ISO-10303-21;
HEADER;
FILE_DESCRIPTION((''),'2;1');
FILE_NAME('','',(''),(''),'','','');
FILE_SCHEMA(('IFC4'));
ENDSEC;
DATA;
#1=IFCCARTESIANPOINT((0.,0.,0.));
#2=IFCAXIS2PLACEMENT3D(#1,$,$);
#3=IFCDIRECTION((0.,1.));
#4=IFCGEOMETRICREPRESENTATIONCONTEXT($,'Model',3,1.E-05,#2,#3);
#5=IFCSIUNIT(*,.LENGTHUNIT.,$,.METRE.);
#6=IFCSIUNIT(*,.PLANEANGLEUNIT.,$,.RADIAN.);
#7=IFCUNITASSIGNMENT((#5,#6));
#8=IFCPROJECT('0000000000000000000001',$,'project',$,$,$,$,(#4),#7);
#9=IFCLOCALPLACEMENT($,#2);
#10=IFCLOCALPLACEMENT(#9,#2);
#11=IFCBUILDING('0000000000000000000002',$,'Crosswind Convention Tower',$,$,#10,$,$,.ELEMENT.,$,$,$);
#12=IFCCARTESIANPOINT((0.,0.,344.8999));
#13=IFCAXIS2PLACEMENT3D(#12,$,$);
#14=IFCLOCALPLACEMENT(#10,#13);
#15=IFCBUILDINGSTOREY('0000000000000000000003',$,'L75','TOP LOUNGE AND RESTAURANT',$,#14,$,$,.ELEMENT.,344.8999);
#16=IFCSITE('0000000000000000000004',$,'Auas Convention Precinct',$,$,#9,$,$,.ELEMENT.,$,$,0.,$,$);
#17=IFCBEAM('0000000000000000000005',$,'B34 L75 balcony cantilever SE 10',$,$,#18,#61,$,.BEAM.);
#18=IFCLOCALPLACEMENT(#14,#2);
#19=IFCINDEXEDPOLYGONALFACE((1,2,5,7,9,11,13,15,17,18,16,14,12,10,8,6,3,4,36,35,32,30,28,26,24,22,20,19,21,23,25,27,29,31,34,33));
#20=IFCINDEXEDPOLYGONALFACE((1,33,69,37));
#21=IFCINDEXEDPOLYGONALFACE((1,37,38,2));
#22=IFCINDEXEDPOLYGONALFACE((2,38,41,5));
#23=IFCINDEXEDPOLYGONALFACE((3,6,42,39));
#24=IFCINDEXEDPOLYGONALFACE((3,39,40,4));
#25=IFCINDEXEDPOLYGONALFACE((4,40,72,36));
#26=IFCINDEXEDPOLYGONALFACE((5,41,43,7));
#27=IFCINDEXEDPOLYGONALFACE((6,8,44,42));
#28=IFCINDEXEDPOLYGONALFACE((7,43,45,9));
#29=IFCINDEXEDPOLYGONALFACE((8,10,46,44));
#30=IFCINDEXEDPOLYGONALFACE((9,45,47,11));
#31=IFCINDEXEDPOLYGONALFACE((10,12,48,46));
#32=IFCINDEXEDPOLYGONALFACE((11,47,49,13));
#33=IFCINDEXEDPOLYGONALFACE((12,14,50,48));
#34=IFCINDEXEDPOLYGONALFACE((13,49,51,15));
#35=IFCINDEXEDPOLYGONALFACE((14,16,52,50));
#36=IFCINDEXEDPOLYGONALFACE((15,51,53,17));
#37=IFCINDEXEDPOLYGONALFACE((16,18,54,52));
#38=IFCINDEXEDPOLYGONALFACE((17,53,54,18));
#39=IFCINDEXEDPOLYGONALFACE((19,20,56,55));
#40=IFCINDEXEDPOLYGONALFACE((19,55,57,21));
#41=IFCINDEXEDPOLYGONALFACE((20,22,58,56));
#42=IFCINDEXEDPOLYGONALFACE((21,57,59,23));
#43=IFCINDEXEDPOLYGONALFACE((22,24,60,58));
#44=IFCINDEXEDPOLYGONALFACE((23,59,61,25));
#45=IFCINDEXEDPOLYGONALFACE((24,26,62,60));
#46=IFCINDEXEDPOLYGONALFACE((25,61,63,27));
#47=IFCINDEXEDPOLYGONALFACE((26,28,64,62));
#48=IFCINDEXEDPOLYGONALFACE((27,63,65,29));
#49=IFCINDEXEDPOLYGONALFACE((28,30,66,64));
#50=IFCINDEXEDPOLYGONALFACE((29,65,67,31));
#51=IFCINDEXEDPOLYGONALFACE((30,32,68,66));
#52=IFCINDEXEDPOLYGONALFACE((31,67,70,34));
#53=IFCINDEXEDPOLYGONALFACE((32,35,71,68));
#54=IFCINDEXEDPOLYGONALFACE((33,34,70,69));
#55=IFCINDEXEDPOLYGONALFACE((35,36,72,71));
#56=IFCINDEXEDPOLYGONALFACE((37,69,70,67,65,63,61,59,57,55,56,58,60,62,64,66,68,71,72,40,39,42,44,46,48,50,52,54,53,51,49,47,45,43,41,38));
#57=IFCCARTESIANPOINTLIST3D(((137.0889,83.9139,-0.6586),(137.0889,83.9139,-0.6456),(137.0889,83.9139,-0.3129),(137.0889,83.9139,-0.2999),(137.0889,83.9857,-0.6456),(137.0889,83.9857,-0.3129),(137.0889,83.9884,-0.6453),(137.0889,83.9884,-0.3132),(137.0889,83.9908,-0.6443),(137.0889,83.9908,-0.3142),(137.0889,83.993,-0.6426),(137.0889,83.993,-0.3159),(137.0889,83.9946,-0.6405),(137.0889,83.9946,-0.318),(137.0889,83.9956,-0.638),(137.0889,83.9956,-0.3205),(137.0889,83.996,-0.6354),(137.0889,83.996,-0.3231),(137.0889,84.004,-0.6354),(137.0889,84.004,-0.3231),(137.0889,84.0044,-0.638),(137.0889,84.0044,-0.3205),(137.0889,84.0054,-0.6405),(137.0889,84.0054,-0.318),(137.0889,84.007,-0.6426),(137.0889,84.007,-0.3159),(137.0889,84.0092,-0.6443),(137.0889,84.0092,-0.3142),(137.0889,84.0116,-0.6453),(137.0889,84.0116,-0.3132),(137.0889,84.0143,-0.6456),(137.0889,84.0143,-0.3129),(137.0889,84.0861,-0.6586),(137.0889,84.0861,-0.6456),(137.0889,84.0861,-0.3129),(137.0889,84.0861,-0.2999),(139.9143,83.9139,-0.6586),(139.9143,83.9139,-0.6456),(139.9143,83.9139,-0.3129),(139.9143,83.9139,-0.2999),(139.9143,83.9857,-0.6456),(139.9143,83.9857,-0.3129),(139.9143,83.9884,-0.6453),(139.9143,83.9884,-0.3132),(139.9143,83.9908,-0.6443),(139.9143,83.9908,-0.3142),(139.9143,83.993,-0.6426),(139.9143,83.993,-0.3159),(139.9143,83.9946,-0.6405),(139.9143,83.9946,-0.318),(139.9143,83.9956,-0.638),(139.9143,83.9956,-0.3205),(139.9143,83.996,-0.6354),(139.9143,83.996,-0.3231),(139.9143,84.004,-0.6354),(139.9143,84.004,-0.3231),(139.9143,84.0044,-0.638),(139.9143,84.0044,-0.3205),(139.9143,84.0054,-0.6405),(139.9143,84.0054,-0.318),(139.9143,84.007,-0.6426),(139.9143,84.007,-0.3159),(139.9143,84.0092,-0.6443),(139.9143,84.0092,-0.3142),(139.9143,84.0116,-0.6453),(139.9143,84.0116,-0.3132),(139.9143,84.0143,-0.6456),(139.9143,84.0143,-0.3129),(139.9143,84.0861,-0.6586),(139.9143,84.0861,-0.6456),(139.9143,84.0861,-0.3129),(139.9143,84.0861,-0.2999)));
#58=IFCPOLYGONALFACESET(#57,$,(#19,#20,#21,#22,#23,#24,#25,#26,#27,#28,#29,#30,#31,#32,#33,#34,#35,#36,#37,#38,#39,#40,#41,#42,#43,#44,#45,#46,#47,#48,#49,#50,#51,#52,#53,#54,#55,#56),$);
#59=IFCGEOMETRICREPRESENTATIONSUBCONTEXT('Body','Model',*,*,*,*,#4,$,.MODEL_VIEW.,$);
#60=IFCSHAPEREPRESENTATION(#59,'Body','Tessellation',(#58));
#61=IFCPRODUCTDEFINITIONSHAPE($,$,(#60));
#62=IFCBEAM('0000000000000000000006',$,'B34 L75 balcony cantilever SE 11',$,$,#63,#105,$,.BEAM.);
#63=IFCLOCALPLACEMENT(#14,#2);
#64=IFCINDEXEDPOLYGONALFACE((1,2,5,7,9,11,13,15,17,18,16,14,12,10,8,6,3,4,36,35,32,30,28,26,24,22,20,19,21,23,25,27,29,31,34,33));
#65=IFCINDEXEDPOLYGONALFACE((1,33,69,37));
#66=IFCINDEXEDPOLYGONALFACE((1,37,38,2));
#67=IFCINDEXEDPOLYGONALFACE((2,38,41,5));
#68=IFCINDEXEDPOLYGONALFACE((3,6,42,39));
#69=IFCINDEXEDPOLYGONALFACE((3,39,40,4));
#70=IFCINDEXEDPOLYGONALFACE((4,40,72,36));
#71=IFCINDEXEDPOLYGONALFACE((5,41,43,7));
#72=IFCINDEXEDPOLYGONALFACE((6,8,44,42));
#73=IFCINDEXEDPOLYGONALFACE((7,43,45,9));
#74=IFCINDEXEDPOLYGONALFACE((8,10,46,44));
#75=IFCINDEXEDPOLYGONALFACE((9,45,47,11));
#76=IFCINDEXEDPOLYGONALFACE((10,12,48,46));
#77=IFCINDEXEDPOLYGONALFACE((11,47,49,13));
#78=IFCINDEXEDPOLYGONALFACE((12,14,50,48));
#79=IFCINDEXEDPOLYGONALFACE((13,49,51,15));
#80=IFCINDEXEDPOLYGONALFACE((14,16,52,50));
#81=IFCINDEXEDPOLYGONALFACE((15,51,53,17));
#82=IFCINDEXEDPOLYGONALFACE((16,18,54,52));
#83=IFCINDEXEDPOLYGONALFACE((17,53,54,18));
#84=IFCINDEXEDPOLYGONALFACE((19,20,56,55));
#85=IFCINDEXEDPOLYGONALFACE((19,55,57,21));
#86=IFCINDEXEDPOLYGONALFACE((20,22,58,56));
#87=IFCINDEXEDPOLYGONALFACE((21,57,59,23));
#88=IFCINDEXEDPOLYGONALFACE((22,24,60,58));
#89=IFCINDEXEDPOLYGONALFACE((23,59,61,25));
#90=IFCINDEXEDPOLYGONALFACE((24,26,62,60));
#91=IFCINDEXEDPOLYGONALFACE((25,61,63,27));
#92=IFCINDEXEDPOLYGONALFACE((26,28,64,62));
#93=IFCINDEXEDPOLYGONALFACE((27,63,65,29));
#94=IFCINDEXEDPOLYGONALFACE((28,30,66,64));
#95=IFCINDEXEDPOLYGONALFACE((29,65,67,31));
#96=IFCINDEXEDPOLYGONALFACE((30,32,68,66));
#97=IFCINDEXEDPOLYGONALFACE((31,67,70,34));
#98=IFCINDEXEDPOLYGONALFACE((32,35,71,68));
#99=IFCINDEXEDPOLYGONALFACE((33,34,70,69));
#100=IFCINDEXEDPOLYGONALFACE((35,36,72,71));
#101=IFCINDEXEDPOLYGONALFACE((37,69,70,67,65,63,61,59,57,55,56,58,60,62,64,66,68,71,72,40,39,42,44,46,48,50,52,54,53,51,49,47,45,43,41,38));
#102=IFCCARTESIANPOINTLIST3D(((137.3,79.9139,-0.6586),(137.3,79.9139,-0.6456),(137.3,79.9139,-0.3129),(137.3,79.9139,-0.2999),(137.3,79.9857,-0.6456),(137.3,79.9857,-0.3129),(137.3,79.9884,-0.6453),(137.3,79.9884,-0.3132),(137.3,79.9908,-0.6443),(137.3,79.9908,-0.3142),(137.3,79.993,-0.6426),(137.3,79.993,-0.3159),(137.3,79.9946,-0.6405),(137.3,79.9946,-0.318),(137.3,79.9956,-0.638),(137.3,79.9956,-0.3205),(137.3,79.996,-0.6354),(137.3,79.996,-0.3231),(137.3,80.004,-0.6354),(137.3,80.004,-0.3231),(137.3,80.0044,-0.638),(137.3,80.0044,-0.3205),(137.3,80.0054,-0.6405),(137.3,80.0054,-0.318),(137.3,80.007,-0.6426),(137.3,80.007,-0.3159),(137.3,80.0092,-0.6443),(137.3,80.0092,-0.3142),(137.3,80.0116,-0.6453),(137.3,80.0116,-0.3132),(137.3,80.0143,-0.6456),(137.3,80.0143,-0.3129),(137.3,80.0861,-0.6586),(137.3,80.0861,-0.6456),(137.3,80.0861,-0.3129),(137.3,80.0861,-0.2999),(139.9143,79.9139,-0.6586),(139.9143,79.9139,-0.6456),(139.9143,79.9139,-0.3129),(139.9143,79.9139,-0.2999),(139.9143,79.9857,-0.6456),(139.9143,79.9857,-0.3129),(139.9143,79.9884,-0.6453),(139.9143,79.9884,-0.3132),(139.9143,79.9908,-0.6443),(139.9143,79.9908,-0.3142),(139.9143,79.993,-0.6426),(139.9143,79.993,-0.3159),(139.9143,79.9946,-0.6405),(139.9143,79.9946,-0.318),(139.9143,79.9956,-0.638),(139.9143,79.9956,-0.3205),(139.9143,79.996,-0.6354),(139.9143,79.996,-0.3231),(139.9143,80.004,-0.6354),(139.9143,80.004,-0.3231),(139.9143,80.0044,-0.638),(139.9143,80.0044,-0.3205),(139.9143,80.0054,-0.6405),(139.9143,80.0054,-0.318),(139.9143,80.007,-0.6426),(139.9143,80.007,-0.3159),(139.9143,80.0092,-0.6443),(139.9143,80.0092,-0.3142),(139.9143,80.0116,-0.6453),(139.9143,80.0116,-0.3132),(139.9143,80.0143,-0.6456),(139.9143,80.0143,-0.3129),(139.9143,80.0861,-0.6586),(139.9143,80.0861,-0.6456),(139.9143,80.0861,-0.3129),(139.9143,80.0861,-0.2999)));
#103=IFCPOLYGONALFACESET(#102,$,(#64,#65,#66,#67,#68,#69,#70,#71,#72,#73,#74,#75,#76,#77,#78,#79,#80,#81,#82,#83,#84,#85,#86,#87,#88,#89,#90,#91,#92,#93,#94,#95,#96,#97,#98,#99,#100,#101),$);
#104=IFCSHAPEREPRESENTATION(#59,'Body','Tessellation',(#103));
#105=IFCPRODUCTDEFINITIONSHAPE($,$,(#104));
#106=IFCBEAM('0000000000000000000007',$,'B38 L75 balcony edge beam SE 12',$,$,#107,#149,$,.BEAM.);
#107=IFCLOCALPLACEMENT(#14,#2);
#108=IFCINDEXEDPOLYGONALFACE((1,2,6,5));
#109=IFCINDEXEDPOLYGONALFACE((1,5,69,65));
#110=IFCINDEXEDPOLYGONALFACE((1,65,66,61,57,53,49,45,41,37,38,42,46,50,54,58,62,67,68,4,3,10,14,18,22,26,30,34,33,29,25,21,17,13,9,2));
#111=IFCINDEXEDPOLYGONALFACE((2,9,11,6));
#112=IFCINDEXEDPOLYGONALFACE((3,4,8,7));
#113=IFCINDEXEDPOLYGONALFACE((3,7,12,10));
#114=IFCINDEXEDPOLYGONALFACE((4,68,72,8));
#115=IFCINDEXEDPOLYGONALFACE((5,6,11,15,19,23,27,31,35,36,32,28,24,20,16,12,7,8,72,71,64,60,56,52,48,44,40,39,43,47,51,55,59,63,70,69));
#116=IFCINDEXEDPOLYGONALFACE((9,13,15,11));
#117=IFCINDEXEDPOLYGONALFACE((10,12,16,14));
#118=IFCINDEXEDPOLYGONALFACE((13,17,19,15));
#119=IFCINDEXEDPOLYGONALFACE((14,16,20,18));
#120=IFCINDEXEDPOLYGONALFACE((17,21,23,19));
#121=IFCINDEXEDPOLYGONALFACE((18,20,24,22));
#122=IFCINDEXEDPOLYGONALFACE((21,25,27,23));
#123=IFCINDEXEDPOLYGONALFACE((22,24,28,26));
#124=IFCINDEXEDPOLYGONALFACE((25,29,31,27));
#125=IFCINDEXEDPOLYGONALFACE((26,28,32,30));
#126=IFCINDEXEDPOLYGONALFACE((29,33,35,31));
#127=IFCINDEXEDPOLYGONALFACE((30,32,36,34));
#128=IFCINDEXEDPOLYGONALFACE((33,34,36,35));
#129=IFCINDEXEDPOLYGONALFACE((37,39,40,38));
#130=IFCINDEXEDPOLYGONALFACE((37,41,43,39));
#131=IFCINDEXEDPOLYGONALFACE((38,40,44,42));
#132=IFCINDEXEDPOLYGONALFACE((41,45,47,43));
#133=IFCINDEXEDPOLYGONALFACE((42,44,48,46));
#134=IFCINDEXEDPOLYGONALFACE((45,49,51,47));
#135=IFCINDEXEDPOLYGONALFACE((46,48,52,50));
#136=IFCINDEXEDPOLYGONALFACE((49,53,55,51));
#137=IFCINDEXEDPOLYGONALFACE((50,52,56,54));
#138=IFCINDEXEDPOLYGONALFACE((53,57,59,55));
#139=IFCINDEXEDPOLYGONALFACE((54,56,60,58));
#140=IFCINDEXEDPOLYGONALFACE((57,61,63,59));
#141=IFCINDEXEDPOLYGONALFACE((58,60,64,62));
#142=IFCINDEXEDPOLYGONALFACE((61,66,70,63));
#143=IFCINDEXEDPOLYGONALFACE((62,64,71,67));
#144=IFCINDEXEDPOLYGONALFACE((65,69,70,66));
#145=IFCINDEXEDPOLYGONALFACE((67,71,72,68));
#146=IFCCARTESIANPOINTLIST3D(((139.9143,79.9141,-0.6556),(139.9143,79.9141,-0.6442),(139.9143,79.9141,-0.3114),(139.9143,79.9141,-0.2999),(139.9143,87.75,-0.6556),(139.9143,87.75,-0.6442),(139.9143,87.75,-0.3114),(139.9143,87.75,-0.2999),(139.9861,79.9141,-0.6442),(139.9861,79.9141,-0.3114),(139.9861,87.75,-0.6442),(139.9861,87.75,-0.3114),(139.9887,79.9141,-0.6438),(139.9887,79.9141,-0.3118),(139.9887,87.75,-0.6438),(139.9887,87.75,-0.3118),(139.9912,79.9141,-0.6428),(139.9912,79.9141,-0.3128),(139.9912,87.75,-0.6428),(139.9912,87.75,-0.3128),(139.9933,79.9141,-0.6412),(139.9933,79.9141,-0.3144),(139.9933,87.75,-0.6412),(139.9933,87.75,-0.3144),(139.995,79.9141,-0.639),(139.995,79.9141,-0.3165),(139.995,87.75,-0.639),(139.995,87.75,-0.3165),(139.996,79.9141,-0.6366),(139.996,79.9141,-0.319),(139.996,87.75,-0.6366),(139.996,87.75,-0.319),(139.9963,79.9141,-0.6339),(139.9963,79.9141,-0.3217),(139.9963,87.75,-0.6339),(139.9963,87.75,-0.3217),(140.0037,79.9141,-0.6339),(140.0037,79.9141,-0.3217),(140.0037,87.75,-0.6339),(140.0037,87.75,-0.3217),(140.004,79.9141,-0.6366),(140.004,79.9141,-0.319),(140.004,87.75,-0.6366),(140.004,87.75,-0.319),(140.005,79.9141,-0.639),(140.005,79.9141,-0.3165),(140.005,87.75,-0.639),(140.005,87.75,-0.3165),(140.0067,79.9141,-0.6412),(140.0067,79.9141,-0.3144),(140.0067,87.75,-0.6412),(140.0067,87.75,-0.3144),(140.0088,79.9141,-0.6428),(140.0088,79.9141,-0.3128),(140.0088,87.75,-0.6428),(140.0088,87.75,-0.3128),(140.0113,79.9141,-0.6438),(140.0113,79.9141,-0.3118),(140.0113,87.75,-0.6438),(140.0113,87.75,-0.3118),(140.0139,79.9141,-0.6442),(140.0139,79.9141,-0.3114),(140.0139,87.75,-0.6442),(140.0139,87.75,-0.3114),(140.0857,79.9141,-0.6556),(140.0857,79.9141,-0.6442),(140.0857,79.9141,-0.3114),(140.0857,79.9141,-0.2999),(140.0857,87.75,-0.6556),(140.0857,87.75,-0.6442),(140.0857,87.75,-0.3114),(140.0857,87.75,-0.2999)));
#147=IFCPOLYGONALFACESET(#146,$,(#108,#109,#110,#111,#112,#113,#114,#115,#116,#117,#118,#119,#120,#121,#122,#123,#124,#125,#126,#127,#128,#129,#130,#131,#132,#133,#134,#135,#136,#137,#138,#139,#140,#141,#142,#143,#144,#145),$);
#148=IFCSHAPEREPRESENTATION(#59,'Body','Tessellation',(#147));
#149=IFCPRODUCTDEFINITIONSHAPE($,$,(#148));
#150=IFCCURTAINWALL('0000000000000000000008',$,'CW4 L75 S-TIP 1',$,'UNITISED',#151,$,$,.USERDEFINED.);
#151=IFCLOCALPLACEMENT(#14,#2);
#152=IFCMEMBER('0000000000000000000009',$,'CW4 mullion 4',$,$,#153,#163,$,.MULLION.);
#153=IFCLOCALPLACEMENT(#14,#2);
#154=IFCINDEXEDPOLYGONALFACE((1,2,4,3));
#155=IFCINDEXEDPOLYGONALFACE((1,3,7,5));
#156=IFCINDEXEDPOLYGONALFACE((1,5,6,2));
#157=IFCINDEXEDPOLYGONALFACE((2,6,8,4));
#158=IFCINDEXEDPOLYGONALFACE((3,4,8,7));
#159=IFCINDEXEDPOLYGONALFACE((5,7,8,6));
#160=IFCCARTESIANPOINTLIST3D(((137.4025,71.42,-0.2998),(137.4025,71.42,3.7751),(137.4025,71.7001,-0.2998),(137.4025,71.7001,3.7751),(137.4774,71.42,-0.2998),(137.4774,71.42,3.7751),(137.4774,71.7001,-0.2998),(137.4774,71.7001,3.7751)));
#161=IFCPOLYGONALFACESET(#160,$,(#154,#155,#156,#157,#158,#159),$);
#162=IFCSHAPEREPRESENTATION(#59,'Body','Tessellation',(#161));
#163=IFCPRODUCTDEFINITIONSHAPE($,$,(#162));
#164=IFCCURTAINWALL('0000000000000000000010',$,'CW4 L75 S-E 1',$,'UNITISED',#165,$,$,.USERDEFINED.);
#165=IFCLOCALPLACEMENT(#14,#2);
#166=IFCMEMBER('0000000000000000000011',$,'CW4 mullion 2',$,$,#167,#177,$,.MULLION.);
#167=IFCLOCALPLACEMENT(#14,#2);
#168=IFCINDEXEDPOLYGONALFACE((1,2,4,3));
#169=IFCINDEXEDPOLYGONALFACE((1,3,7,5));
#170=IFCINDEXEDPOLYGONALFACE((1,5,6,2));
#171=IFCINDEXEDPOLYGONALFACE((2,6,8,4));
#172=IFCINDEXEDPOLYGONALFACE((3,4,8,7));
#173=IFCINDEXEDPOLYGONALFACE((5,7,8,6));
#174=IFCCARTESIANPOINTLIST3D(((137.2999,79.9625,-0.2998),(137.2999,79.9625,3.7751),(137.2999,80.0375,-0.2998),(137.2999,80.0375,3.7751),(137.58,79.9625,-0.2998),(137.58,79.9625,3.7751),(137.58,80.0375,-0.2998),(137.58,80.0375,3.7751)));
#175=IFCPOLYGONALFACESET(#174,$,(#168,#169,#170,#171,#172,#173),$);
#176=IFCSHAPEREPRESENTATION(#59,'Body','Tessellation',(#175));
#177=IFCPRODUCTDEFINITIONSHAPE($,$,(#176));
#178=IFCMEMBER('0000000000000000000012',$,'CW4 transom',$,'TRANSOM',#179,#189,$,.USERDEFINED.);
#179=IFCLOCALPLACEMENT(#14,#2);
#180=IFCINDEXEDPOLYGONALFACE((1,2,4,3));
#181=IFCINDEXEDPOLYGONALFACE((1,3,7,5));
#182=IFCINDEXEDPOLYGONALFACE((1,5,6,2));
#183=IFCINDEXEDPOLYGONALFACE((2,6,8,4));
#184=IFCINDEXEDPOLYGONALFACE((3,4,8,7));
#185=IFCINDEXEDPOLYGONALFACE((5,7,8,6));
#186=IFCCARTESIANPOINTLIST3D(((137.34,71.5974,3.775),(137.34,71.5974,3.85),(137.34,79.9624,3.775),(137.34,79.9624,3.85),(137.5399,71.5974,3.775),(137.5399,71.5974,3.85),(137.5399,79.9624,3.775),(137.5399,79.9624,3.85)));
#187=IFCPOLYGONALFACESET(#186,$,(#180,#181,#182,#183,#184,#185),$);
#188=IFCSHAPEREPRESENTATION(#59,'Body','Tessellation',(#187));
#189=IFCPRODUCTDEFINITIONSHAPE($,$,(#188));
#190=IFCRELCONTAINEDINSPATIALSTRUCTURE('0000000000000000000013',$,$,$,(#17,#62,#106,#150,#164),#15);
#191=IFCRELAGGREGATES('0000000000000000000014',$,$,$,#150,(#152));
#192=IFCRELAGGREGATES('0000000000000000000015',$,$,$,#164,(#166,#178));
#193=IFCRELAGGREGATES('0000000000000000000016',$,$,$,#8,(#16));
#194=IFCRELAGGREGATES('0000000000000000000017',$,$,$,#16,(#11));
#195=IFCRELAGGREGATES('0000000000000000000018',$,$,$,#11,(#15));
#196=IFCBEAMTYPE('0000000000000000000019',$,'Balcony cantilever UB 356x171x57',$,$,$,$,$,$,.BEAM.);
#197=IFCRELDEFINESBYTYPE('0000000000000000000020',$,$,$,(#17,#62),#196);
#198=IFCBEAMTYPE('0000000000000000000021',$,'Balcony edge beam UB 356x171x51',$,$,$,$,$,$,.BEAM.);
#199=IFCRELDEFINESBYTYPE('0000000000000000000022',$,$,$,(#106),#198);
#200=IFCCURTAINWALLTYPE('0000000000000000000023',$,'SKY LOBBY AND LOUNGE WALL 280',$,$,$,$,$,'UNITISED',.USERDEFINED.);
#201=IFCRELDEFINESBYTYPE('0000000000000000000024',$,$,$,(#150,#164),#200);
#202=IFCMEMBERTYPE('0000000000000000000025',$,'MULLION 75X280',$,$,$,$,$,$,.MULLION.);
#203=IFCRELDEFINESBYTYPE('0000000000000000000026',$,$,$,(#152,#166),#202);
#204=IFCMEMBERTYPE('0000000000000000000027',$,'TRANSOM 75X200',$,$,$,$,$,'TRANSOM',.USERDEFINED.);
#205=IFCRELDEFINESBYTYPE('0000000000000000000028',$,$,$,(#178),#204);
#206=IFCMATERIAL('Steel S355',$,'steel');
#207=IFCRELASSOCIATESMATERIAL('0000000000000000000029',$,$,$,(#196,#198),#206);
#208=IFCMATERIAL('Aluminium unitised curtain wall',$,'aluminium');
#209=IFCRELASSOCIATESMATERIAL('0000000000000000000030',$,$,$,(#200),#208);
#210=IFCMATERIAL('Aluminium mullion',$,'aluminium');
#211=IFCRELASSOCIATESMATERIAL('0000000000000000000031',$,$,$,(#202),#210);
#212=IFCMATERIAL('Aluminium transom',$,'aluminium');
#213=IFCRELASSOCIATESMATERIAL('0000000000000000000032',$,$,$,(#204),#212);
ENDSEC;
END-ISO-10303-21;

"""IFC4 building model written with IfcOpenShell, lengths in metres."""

from ifc_helpers import new_model, si_unit, direction, frame, origin, origin_2d, place, context, subcontext, project, spatial, rectangle, i_section, extrude, material, material_profile, profile_set, type_object, element, aggregate, save


model = new_model("IFC4")

# Units and contexts
model_context = context("Model", 3, precision=1e-05, world=origin(), true_north=direction((0.0, 1.0)))
body_context = subcontext(model_context, "Body", "Model", "MODEL_VIEW")
ifc_project = project(units=[si_unit("LENGTHUNIT", "METRE"), si_unit("PLANEANGLEUNIT", "RADIAN")], contexts=[model_context])

# Site, building, storey
site_placement = place(None, origin())
site = spatial("IfcSite", under=ifc_project, at=site_placement, Name="Auas Convention Precinct", CompositionType="ELEMENT", RefElevation=0.0)
building_placement = place(site_placement, origin())
building = spatial("IfcBuilding", under=site, at=building_placement, Name="Crosswind Convention Tower", CompositionType="ELEMENT")
storey_placement = place(building_placement, frame((0.0, 0.0, 344.8999)))
storey = spatial("IfcBuildingStorey", under=building, at=storey_placement, Name="L75", Description="TOP LOUNGE AND RESTAURANT", CompositionType="ELEMENT", Elevation=344.8999)

# Beams
ifc_material_1 = material(Name="Steel S355", Category="steel")
ifc_material_profile_1 = material_profile(ifc_material_1, i_section(OverallWidth=0.1721, OverallDepth=0.3586, WebThickness=0.0081, FlangeThickness=0.0129, FilletRadius=0.0103, at=origin_2d()), Name="UB 356x171x57")
ifc_profile_set_1 = profile_set([ifc_material_profile_1], Name="Steel S355")
beam_type_1 = type_object("IfcBeamType", Name="Balcony cantilever UB 356x171x57", PredefinedType="BEAM", material=ifc_profile_set_1)
beam_1_placement = place(storey_placement, frame((137.0889, 84.0, -0.4792), z_axis=(1.0, 0.0, 0.0), x_axis=(0.0, 1.0, 0.0)))
element("IfcBeam", 1, at=beam_1_placement, inside=storey, type_object=beam_type_1, Name="B34 L75 balcony cantilever SE 10", PredefinedType="BEAM", context=body_context, shape_type="SweptSolid", body=[
    extrude(i_section(OverallWidth=0.1721, OverallDepth=0.3586, WebThickness=0.0081, FlangeThickness=0.0129, FilletRadius=0.0103, at=origin_2d()), origin(), (0.0, 0.0, 1.0), 2.8254),
])
beam_2_placement = place(storey_placement, frame((137.3, 80.0, -0.4792), z_axis=(1.0, 0.0, 0.0), x_axis=(0.0, 1.0, 0.0)))
element("IfcBeam", 2, at=beam_2_placement, inside=storey, type_object=beam_type_1, Name="B34 L75 balcony cantilever SE 11", PredefinedType="BEAM", context=body_context, shape_type="SweptSolid", body=[
    extrude(i_section(OverallWidth=0.1721, OverallDepth=0.3586, WebThickness=0.0081, FlangeThickness=0.0129, FilletRadius=0.0103, at=origin_2d()), origin(), (0.0, 0.0, 1.0), 2.6143),
])
ifc_material_profile_2 = material_profile(ifc_material_1, i_section(OverallWidth=0.1714, OverallDepth=0.3557, WebThickness=0.0073, FlangeThickness=0.0115, FilletRadius=0.0103, at=origin_2d()), Name="UB 356x171x51")
ifc_profile_set_2 = profile_set([ifc_material_profile_2], Name="Steel S355")
beam_type_2 = type_object("IfcBeamType", Name="Balcony edge beam UB 356x171x51", PredefinedType="BEAM", material=ifc_profile_set_2)
beam_3_placement = place(storey_placement, frame((140.0, 87.75, -0.4778), z_axis=(0.0, -1.0, 0.0), x_axis=(1.0, 0.0, 0.0)))
element("IfcBeam", 3, at=beam_3_placement, inside=storey, type_object=beam_type_2, Name="B38 L75 balcony edge beam SE 12", PredefinedType="BEAM", context=body_context, shape_type="SweptSolid", body=[
    extrude(i_section(OverallWidth=0.1714, OverallDepth=0.3557, WebThickness=0.0073, FlangeThickness=0.0115, FilletRadius=0.0103, at=origin_2d()), origin(), (0.0, 0.0, 1.0), 7.8359),
])

# Curtain wall, member
ifc_material_2 = material(Name="Aluminium unitised curtain wall", Category="aluminium")
curtain_wall_type = type_object("IfcCurtainWallType", Name="SKY LOBBY AND LOUNGE WALL 280", ElementType="UNITISED", PredefinedType="USERDEFINED", material=ifc_material_2)
curtain_wall_1_placement = place(storey_placement, origin())
curtain_wall_1 = element("IfcCurtainWall", 4, at=curtain_wall_1_placement, inside=storey, type_object=curtain_wall_type, Name="CW4 L75 S-TIP 1", ObjectType="UNITISED", PredefinedType="USERDEFINED")
ifc_material_3 = material(Name="Aluminium mullion", Category="aluminium")
ifc_material_profile_3 = material_profile(ifc_material_3, rectangle(XDim=0.28, YDim=0.075, at=origin_2d()), Name="AL 280X75")
ifc_profile_set_3 = profile_set([ifc_material_profile_3], Name="Aluminium mullion")
member_type_1 = type_object("IfcMemberType", Name="MULLION 75X280", PredefinedType="MULLION", material=ifc_profile_set_3)
member_1_placement = place(storey_placement, frame((137.4399, 71.5601, -0.2998), z_axis=(0.0, 0.0, 1.0), x_axis=(0.0, -1.0, 0.0)))
member_1 = element("IfcMember", 5, at=member_1_placement, type_object=member_type_1, Name="CW4 mullion 4", PredefinedType="MULLION", context=body_context, shape_type="SweptSolid", body=[
    extrude(rectangle(XDim=0.28, YDim=0.075, at=origin_2d()), origin(), (0.0, 0.0, 1.0), 4.075),
])

# Curtain wall, members
curtain_wall_2_placement = place(storey_placement, origin())
curtain_wall_2 = element("IfcCurtainWall", 6, at=curtain_wall_2_placement, inside=storey, type_object=curtain_wall_type, Name="CW4 L75 S-E 1", ObjectType="UNITISED", PredefinedType="USERDEFINED")
member_2_placement = place(storey_placement, frame((137.4399, 80.0, -0.2998), z_axis=(0.0, 0.0, 1.0), x_axis=(1.0, 0.0, 0.0)))
member_2 = element("IfcMember", 7, at=member_2_placement, type_object=member_type_1, Name="CW4 mullion 2", PredefinedType="MULLION", context=body_context, shape_type="SweptSolid", body=[
    extrude(rectangle(XDim=0.28, YDim=0.075, at=origin_2d()), origin(), (0.0, 0.0, 1.0), 4.075),
])
ifc_material_4 = material(Name="Aluminium transom", Category="aluminium")
ifc_material_profile_4 = material_profile(ifc_material_4, rectangle(XDim=0.2, YDim=0.075, at=origin_2d()), Name="AL 200X75")
ifc_profile_set_4 = profile_set([ifc_material_profile_4], Name="Aluminium transom")
member_type_2 = type_object("IfcMemberType", Name="TRANSOM 75X200", ElementType="TRANSOM", PredefinedType="USERDEFINED", material=ifc_profile_set_4)
member_3_placement = place(storey_placement, frame((137.4399, 71.5974, 3.8125), z_axis=(0.0, 1.0, 0.0), x_axis=(-1.0, 0.0, 0.0)))
member_3 = element("IfcMember", 8, at=member_3_placement, type_object=member_type_2, Name="CW4 transom", ObjectType="TRANSOM", PredefinedType="USERDEFINED", context=body_context, shape_type="SweptSolid", body=[
    extrude(rectangle(XDim=0.2, YDim=0.075, at=origin_2d()), origin(), (0.0, 0.0, 1.0), 8.365),
])

aggregate(curtain_wall_1, [member_1])

aggregate(curtain_wall_2, [member_2, member_3])

save(model, "model.ifc")
